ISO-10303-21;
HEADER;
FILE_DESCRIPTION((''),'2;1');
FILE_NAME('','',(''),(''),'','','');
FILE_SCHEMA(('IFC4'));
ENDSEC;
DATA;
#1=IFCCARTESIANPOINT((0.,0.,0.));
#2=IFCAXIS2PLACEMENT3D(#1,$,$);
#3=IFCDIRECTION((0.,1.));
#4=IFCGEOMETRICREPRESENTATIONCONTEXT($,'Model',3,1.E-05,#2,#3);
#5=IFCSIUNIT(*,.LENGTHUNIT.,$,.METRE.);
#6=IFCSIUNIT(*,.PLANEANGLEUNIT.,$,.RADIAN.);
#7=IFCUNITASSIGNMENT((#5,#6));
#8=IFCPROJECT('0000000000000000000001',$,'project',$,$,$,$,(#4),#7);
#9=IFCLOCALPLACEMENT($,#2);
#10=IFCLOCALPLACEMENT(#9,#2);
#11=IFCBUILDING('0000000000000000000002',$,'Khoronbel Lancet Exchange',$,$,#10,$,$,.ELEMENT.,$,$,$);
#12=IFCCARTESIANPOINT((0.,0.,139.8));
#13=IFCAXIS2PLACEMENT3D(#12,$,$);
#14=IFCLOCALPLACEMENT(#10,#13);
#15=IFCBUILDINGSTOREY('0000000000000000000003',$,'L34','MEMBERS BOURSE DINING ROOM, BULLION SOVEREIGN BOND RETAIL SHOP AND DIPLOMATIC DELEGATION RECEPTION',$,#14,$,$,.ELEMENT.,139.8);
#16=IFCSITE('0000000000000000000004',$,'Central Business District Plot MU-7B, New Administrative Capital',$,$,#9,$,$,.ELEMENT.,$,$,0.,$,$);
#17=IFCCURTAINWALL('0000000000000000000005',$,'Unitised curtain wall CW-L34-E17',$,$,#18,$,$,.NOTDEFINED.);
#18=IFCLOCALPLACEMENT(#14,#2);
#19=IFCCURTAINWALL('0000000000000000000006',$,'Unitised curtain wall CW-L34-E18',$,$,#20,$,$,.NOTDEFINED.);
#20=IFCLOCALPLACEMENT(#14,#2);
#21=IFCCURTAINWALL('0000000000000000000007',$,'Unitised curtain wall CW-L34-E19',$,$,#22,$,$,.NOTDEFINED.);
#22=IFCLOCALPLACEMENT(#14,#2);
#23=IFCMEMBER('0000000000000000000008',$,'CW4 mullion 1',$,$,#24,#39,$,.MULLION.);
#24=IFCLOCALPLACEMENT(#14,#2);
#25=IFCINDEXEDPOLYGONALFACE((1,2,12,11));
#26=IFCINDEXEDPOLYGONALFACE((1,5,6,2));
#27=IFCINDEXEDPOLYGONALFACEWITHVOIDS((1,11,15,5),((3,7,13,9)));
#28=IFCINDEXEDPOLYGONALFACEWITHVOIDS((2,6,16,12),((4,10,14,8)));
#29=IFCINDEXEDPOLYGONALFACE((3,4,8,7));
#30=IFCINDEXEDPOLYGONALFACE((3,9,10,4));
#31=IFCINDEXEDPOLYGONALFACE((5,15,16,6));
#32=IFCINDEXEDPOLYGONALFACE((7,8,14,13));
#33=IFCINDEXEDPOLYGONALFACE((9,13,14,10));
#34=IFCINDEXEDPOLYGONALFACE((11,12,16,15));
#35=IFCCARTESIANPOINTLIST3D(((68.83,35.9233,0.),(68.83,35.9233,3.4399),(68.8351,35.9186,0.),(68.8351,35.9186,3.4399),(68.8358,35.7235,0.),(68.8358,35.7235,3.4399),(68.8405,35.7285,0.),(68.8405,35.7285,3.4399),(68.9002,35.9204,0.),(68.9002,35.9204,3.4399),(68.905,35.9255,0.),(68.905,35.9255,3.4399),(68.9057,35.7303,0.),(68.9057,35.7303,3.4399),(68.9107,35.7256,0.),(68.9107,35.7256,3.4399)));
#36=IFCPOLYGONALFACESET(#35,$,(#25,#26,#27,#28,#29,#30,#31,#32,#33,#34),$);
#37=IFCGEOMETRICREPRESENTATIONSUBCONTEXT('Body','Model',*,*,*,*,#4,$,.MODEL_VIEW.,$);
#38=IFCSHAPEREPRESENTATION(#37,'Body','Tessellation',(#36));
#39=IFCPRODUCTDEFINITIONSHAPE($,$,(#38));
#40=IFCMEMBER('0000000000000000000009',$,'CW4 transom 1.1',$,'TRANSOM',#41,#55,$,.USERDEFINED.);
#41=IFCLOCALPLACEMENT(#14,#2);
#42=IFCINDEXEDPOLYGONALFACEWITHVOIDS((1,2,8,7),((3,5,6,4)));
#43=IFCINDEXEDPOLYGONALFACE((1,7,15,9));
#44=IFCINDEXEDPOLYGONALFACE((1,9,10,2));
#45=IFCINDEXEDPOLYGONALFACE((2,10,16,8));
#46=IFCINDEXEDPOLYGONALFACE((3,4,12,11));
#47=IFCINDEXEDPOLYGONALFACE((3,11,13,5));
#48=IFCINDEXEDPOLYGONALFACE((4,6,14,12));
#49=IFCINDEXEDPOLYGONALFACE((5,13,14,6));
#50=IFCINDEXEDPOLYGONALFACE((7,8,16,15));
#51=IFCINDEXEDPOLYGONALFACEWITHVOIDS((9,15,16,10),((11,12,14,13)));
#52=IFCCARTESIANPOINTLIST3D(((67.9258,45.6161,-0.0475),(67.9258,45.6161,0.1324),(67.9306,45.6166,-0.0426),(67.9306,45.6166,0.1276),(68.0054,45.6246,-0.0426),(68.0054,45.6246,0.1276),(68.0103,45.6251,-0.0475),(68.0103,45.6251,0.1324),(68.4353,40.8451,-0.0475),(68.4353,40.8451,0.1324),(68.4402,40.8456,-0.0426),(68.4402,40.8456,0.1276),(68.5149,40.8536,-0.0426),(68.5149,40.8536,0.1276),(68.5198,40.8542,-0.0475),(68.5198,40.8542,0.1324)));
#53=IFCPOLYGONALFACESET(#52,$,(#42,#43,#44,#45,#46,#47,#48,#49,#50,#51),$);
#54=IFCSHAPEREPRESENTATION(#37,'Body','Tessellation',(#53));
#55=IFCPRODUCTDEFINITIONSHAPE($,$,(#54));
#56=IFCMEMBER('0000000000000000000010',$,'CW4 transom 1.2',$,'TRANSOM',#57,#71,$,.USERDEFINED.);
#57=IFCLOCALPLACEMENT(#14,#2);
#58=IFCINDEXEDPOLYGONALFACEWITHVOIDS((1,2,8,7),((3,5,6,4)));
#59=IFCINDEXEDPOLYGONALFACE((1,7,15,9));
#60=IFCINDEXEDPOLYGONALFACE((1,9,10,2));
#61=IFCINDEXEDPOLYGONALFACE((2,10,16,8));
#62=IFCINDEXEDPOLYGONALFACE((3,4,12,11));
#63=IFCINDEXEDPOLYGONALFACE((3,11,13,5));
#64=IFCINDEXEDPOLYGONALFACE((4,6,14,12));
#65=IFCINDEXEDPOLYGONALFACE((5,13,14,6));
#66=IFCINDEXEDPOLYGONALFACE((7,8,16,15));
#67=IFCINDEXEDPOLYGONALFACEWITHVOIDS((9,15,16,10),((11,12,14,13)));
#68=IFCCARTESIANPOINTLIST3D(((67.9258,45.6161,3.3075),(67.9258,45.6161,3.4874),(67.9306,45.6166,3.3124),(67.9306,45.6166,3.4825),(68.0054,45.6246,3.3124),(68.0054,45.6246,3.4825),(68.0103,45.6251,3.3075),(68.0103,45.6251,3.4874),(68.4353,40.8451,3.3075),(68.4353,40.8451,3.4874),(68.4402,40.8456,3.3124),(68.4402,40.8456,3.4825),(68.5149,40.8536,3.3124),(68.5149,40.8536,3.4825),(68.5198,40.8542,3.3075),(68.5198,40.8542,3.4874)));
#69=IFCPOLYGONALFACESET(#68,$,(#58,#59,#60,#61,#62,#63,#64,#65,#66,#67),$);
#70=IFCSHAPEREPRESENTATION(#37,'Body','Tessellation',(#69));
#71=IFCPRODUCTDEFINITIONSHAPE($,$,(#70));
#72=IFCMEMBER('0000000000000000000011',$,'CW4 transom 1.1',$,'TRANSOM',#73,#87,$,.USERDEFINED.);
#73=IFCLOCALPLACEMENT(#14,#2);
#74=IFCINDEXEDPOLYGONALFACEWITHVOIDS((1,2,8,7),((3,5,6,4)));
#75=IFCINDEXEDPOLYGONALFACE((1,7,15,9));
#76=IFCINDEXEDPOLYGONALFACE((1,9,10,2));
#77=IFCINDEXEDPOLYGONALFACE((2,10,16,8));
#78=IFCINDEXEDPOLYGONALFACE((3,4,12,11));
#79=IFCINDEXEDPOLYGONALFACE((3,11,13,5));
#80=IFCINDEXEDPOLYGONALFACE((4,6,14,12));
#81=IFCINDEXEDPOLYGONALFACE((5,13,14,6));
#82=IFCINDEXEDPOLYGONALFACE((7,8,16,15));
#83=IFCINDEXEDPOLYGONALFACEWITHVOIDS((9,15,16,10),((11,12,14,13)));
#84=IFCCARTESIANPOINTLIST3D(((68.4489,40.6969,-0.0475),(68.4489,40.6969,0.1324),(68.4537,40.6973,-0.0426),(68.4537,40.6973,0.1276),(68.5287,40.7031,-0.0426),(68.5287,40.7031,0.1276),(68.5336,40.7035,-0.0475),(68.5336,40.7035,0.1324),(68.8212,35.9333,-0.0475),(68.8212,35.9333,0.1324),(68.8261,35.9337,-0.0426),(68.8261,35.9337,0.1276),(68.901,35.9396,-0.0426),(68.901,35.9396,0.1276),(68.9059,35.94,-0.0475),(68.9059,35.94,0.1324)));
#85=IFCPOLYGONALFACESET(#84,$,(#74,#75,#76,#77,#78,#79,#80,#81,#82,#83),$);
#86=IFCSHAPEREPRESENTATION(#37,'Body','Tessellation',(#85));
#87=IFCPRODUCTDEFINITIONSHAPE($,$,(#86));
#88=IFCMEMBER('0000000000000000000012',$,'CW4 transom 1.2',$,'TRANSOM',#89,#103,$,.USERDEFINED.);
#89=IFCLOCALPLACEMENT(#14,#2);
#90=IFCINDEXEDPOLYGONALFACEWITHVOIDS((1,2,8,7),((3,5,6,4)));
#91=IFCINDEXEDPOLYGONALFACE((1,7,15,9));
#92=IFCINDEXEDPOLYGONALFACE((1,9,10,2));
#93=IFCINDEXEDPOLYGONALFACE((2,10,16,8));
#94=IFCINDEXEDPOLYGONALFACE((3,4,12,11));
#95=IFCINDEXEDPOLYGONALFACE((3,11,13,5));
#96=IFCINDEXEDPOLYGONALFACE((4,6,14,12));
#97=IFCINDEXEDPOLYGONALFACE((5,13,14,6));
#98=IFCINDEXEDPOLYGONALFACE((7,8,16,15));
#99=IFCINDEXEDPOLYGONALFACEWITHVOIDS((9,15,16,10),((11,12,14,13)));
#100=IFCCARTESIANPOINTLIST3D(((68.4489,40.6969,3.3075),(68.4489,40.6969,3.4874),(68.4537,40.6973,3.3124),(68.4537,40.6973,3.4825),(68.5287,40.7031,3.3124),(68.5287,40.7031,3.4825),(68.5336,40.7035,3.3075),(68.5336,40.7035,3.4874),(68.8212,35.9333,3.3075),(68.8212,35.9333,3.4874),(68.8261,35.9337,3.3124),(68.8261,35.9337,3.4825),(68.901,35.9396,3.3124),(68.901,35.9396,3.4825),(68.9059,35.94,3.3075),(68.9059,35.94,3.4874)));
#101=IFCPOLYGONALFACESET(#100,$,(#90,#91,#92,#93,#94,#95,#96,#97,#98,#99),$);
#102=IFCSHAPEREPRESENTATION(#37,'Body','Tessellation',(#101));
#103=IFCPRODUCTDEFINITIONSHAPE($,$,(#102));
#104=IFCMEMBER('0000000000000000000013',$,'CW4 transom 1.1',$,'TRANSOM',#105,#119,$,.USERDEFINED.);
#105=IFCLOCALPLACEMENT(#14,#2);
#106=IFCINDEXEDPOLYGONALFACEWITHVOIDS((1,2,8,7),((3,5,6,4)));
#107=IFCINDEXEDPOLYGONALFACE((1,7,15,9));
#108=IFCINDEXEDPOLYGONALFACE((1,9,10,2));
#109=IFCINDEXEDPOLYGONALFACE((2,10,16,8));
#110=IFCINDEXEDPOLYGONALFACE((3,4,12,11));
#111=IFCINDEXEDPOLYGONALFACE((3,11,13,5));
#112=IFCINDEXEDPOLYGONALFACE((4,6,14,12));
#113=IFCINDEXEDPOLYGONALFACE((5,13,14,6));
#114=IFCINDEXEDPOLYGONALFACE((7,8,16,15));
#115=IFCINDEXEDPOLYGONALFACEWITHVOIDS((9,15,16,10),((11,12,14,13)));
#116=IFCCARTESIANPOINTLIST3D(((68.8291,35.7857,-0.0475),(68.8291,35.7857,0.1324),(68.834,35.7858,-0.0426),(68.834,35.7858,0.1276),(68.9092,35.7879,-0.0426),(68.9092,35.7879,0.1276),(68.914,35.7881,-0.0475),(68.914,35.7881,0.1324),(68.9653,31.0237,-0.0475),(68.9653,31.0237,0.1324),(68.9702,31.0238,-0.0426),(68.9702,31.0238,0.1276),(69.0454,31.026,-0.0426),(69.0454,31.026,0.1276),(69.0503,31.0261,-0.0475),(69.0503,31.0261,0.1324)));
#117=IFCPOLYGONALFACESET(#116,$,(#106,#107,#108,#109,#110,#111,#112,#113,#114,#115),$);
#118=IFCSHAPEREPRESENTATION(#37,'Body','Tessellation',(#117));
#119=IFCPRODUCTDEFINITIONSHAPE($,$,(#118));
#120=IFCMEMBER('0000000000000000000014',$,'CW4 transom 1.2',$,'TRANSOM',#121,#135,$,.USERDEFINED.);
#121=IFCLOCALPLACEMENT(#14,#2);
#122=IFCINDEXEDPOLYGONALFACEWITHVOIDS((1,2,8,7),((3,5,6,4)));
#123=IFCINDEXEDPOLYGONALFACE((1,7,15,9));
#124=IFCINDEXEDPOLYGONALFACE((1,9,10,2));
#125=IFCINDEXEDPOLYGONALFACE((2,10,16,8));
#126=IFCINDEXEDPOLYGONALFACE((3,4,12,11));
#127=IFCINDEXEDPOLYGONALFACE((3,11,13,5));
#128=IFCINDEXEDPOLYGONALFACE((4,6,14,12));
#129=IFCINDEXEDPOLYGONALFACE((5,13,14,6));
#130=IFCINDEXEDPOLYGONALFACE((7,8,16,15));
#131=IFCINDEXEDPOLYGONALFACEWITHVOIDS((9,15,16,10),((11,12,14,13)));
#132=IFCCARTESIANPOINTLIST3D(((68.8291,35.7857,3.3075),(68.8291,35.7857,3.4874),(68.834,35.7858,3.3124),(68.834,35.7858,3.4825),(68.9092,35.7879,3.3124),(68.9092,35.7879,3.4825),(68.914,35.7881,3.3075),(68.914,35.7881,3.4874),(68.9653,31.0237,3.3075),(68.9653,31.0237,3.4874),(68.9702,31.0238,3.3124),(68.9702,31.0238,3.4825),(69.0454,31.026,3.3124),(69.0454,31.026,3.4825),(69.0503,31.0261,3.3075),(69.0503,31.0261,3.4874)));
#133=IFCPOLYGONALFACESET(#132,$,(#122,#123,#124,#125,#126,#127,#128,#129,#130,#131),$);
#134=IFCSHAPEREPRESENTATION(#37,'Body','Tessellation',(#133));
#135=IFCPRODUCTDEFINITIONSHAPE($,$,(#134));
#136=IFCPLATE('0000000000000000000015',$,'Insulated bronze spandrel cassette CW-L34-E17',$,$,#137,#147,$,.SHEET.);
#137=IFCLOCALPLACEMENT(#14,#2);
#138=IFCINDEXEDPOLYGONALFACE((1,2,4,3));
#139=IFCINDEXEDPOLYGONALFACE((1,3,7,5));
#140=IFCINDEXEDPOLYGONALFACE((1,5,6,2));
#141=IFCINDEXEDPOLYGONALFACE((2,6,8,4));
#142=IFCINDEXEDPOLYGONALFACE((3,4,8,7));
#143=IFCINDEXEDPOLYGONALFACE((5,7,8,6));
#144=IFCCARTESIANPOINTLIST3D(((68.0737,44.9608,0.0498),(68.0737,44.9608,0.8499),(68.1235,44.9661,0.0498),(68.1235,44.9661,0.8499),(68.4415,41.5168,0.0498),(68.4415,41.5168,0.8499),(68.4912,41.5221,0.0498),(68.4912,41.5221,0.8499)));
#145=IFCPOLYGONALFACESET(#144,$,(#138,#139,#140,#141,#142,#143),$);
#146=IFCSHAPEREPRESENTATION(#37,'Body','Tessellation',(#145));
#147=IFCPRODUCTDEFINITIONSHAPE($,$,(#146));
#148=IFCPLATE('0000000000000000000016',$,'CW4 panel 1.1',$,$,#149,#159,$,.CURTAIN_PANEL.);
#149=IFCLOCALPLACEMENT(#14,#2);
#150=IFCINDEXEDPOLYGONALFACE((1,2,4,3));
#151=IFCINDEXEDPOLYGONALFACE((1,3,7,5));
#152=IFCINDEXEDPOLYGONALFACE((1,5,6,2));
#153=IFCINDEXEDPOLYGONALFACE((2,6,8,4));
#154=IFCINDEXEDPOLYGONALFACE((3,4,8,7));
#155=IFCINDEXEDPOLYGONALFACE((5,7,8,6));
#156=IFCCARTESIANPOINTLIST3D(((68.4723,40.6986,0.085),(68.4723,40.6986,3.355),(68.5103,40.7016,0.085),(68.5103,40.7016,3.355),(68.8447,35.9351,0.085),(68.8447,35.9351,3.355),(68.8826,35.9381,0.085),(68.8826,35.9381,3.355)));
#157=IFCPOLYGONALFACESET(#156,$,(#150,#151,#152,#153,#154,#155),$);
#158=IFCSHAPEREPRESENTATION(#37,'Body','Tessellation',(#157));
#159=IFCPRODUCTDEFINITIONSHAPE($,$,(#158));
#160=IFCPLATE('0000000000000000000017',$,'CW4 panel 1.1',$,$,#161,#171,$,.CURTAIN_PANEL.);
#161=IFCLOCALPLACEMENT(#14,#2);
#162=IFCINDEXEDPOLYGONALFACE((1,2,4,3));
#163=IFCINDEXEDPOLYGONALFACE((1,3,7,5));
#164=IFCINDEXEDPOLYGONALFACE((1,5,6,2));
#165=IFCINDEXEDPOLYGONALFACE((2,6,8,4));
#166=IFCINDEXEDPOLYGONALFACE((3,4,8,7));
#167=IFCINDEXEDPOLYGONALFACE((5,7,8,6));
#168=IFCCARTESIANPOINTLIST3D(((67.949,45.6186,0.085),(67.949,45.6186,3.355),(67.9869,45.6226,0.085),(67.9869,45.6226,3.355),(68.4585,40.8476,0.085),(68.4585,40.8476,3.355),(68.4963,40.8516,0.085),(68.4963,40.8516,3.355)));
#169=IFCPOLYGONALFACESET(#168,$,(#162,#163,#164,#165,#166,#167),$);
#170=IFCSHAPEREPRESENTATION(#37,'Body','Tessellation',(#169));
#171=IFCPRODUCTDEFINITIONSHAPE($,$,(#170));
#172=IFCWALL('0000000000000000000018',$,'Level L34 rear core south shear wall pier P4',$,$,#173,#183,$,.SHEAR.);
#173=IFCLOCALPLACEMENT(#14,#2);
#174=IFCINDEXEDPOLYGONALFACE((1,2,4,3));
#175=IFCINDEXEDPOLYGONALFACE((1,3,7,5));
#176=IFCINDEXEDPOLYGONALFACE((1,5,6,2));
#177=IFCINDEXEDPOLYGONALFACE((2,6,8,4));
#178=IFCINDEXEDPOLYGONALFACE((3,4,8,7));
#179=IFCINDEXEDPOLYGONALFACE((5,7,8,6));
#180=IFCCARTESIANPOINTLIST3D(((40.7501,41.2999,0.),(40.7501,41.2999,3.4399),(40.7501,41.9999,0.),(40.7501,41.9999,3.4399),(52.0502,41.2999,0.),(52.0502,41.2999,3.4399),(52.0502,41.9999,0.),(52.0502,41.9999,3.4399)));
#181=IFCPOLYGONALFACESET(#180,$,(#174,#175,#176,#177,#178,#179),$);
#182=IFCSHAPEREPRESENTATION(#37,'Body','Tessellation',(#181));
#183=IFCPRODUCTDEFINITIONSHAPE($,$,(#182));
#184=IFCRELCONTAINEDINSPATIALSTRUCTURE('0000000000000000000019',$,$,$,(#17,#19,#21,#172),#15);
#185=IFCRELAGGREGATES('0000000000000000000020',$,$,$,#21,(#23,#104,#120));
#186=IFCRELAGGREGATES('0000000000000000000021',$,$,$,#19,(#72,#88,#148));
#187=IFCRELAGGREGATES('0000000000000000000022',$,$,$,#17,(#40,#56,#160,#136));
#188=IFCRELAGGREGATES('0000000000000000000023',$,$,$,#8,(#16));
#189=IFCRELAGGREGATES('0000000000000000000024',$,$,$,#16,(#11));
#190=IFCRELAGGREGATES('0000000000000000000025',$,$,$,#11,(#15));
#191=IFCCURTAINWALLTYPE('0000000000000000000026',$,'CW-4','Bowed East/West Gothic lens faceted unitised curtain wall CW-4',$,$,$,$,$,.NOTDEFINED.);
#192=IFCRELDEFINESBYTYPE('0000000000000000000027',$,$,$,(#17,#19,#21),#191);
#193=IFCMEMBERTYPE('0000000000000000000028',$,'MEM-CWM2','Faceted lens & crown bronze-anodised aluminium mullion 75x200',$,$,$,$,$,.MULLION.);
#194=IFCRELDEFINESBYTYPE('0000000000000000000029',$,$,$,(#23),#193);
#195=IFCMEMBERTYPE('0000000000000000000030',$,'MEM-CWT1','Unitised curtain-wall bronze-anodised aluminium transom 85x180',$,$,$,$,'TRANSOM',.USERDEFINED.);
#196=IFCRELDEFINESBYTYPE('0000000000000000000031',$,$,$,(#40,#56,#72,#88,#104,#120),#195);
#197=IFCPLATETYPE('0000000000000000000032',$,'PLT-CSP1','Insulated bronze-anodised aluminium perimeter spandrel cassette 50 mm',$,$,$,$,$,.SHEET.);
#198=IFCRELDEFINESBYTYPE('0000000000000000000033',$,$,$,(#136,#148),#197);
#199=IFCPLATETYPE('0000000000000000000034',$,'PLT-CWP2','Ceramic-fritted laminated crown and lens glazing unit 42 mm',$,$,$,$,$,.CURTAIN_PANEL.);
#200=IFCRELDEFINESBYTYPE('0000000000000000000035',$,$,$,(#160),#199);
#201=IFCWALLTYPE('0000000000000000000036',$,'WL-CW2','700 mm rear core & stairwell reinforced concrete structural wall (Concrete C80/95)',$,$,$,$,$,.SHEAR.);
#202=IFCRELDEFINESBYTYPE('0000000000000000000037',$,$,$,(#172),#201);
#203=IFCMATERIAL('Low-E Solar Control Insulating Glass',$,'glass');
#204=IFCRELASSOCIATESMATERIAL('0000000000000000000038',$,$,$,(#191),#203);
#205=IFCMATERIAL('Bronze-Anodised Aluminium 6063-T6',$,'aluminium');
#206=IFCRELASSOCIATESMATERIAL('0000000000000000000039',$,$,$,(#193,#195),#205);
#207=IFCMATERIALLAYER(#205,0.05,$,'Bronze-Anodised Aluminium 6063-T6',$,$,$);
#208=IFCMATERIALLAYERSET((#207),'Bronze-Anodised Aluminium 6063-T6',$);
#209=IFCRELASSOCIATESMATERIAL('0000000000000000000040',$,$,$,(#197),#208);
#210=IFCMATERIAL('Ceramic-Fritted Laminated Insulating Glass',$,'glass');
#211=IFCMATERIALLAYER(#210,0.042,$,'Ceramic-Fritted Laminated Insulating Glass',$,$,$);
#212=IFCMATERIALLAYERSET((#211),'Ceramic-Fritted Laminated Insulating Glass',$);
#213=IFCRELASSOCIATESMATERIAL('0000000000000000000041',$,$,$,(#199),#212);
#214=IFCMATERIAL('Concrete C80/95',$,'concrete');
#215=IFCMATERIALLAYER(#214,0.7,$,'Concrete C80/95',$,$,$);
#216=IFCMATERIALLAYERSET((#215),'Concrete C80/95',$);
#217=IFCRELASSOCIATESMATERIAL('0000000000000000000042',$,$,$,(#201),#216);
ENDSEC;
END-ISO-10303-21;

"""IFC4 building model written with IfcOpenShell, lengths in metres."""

from ifc_helpers import new_model, si_unit, direction, frame, frame_2d, origin, origin_2d, place, context, subcontext, project, spatial, rectangle, hollow_rectangle, extrude, material, layer, layer_set, material_profile, profile_set, type_object, element, aggregate, save


model = new_model("IFC4")

# Units and contexts
model_context = context("Model", 3, precision=1e-05, world=origin(), true_north=direction((0.0, 1.0)))
body_context = subcontext(model_context, "Body", "Model", "MODEL_VIEW")
ifc_project = project(units=[si_unit("LENGTHUNIT", "METRE"), si_unit("PLANEANGLEUNIT", "RADIAN")], contexts=[model_context])

# Site, building, storey
site_placement = place(None, origin())
site = spatial("IfcSite", under=ifc_project, at=site_placement, Name="Central Business District Plot MU-7B, New Administrative Capital", CompositionType="ELEMENT", RefElevation=0.0)
building_placement = place(site_placement, origin())
building = spatial("IfcBuilding", under=site, at=building_placement, Name="Khoronbel Lancet Exchange", CompositionType="ELEMENT")
storey_placement = place(building_placement, frame((0.0, 0.0, 139.8)))
storey = spatial("IfcBuildingStorey", under=building, at=storey_placement, Name="L34", Description="MEMBERS BOURSE DINING ROOM, BULLION SOVEREIGN BOND RETAIL SHOP AND DIPLOMATIC DELEGATION RECEPTION", CompositionType="ELEMENT", Elevation=139.8)

# Shared definitions
ifc_material_1 = material(Name="Concrete C80/95", Category="concrete")

# Curtain walls
ifc_material_2 = material(Name="Low-E Solar Control Insulating Glass", Category="glass")
curtain_wall_type = type_object("IfcCurtainWallType", Name="CW-4", Description="Bowed East/West Gothic lens faceted unitised curtain wall CW-4", PredefinedType="NOTDEFINED", material=ifc_material_2)
curtain_wall_1_placement = place(storey_placement, origin())
curtain_wall_1 = element("IfcCurtainWall", 1, at=curtain_wall_1_placement, inside=storey, type_object=curtain_wall_type, Name="Unitised curtain wall CW-L34-E17", PredefinedType="NOTDEFINED")
ifc_material_3 = material(Name="Bronze-Anodised Aluminium 6063-T6", Category="aluminium")
ifc_material_profile_1 = material_profile(ifc_material_3, hollow_rectangle(XDim=0.075, YDim=0.2, WallThickness=0.0049, at=origin_2d()), Name="ALU MULLION 75x200")
ifc_profile_set_1 = profile_set([ifc_material_profile_1], Name="Bronze-Anodised Aluminium 6063-T6")
member_type_1 = type_object("IfcMemberType", Name="MEM-CWM2", Description="Faceted lens & crown bronze-anodised aluminium mullion 75x200", PredefinedType="MULLION", material=ifc_profile_set_1)
curtain_wall_2_placement = place(storey_placement, origin())
curtain_wall_2 = element("IfcCurtainWall", 2, at=curtain_wall_2_placement, inside=storey, type_object=curtain_wall_type, Name="Unitised curtain wall CW-L34-E18", PredefinedType="NOTDEFINED")

# Curtain wall, member
curtain_wall_3_placement = place(storey_placement, origin())
curtain_wall_3 = element("IfcCurtainWall", 3, at=curtain_wall_3_placement, inside=storey, type_object=curtain_wall_type, Name="Unitised curtain wall CW-L34-E19", PredefinedType="NOTDEFINED")
member_1_placement = place(storey_placement, frame((68.8704, 35.8245, 0.0), z_axis=(0.0, 0.0, 1.0), x_axis=(0.999591, 0.028613, 0.0)))
member_1 = element("IfcMember", 4, at=member_1_placement, type_object=member_type_1, Name="CW4 mullion 1", PredefinedType="MULLION", context=body_context, shape_type="SweptSolid", body=[
    extrude(hollow_rectangle(XDim=0.075, YDim=0.2, WallThickness=0.0049, at=origin_2d()), origin(), (0.0, 0.0, 1.0), 3.4399),
])

# Members
ifc_material_profile_2 = material_profile(ifc_material_3, hollow_rectangle(XDim=0.085, YDim=0.1799, WallThickness=0.0049, at=origin_2d()), Name="ALU TRANSOM 85x180")
ifc_profile_set_2 = profile_set([ifc_material_profile_2], Name="Bronze-Anodised Aluminium 6063-T6")
member_type_2 = type_object("IfcMemberType", Name="MEM-CWT1", Description="Unitised curtain-wall bronze-anodised aluminium transom 85x180", ElementType="TRANSOM", PredefinedType="USERDEFINED", material=ifc_profile_set_2)
member_2_placement = place(storey_placement, frame((67.968, 45.6206, 0.0425), z_axis=(0.106192, -0.994346, 0.0), x_axis=(0.994346, 0.106192, 0.0)))
member_2 = element("IfcMember", 5, at=member_2_placement, type_object=member_type_2, Name="CW4 transom 1.1", ObjectType="TRANSOM", PredefinedType="USERDEFINED", context=body_context, shape_type="SweptSolid", body=[
    extrude(hollow_rectangle(XDim=0.085, YDim=0.1799, WallThickness=0.0049, at=origin_2d()), origin(), (0.0, 0.0, 1.0), 4.7981),
])
member_3_placement = place(storey_placement, frame((67.968, 45.6206, 3.3975), z_axis=(0.106192, -0.994346, 0.0), x_axis=(0.994346, 0.106192, 0.0)))
member_3 = element("IfcMember", 6, at=member_3_placement, type_object=member_type_2, Name="CW4 transom 1.2", ObjectType="TRANSOM", PredefinedType="USERDEFINED", context=body_context, shape_type="SweptSolid", body=[
    extrude(hollow_rectangle(XDim=0.085, YDim=0.1799, WallThickness=0.0049, at=origin_2d()), origin(), (0.0, 0.0, 1.0), 4.7981),
])
member_4_placement = place(storey_placement, frame((68.4912, 40.7002, 0.0425), z_axis=(0.077923, -0.996959, 0.0), x_axis=(0.996959, 0.077923, 0.0)))
member_4 = element("IfcMember", 7, at=member_4_placement, type_object=member_type_2, Name="CW4 transom 1.1", ObjectType="TRANSOM", PredefinedType="USERDEFINED", context=body_context, shape_type="SweptSolid", body=[
    extrude(hollow_rectangle(XDim=0.085, YDim=0.1799, WallThickness=0.0049, at=origin_2d()), origin(), (0.0, 0.0, 1.0), 4.7781),
])
member_5_placement = place(storey_placement, frame((68.4912, 40.7002, 3.3975), z_axis=(0.077923, -0.996959, 0.0), x_axis=(0.996959, 0.077923, 0.0)))
member_5 = element("IfcMember", 8, at=member_5_placement, type_object=member_type_2, Name="CW4 transom 1.2", ObjectType="TRANSOM", PredefinedType="USERDEFINED", context=body_context, shape_type="SweptSolid", body=[
    extrude(hollow_rectangle(XDim=0.085, YDim=0.1799, WallThickness=0.0049, at=origin_2d()), origin(), (0.0, 0.0, 1.0), 4.7781),
])
member_6_placement = place(storey_placement, frame((68.8716, 35.7869, 0.0425), z_axis=(0.028596, -0.999591, 0.0), x_axis=(0.999591, 0.028596, 0.0)))
member_6 = element("IfcMember", 9, at=member_6_placement, type_object=member_type_2, Name="CW4 transom 1.1", ObjectType="TRANSOM", PredefinedType="USERDEFINED", context=body_context, shape_type="SweptSolid", body=[
    extrude(hollow_rectangle(XDim=0.085, YDim=0.1799, WallThickness=0.0049, at=origin_2d()), origin(), (0.0, 0.0, 1.0), 4.7639),
])
member_7_placement = place(storey_placement, frame((68.8716, 35.7869, 3.3975), z_axis=(0.028596, -0.999591, 0.0), x_axis=(0.999591, 0.028596, 0.0)))
member_7 = element("IfcMember", 10, at=member_7_placement, type_object=member_type_2, Name="CW4 transom 1.2", ObjectType="TRANSOM", PredefinedType="USERDEFINED", context=body_context, shape_type="SweptSolid", body=[
    extrude(hollow_rectangle(XDim=0.085, YDim=0.1799, WallThickness=0.0049, at=origin_2d()), origin(), (0.0, 0.0, 1.0), 4.7639),
])
aggregate(curtain_wall_3, [member_1, member_6, member_7])

# Plates
ifc_layer_1 = layer(ifc_material_3, 0.05, Name="Bronze-Anodised Aluminium 6063-T6")
ifc_layer_set_1 = layer_set([ifc_layer_1], Name="Bronze-Anodised Aluminium 6063-T6")
plate_type_1 = type_object("IfcPlateType", Name="PLT-CSP1", Description="Insulated bronze-anodised aluminium perimeter spandrel cassette 50 mm", PredefinedType="SHEET", material=ifc_layer_set_1)
plate_1_placement = place(storey_placement, frame((68.2825, 43.2415, 0.0498), z_axis=(0.0, 0.0, 1.0), x_axis=(0.106181, -0.994347, 0.0)))
plate_1 = element("IfcPlate", 11, at=plate_1_placement, type_object=plate_type_1, Name="Insulated bronze spandrel cassette CW-L34-E17", PredefinedType="SHEET", context=body_context, shape_type="SweptSolid", body=[
    extrude(rectangle(XDim=3.4636, YDim=0.05, at=origin_2d()), origin(), (0.0, 0.0, 1.0), 0.8),
])
plate_2_placement = place(storey_placement, frame((68.6775, 38.3184, 0.085), z_axis=(0.0, 0.0, 1.0), x_axis=(0.077921, -0.99696, 0.0)))
plate_2 = element("IfcPlate", 12, at=plate_2_placement, type_object=plate_type_1, Name="CW4 panel 1.1", PredefinedType="CURTAIN_PANEL", context=body_context, shape_type="SweptSolid", body=[
    extrude(rectangle(XDim=4.7781, YDim=0.0381, at=origin_2d()), origin(), (0.0, 0.0, 1.0), 3.27),
])
aggregate(curtain_wall_2, [member_4, member_5, plate_2])
ifc_material_4 = material(Name="Ceramic-Fritted Laminated Insulating Glass", Category="glass")
ifc_layer_2 = layer(ifc_material_4, 0.042, Name="Ceramic-Fritted Laminated Insulating Glass")
ifc_layer_set_2 = layer_set([ifc_layer_2], Name="Ceramic-Fritted Laminated Insulating Glass")
plate_type_2 = type_object("IfcPlateType", Name="PLT-CWP2", Description="Ceramic-fritted laminated crown and lens glazing unit 42 mm", PredefinedType="CURTAIN_PANEL", material=ifc_layer_set_2)
plate_3_placement = place(storey_placement, frame((68.2227, 43.2351, 0.085), z_axis=(0.0, 0.0, 1.0), x_axis=(0.106181, -0.994347, 0.0)))
plate_3 = element("IfcPlate", 13, at=plate_3_placement, type_object=plate_type_2, Name="CW4 panel 1.1", PredefinedType="CURTAIN_PANEL", context=body_context, shape_type="SweptSolid", body=[
    extrude(rectangle(XDim=4.7981, YDim=0.0381, at=origin_2d()), origin(), (0.0, 0.0, 1.0), 3.27),
])
aggregate(curtain_wall_1, [member_2, member_3, plate_3, plate_1])

# Wall
ifc_layer_3 = layer(ifc_material_1, 0.7, Name="Concrete C80/95")
ifc_layer_set_3 = layer_set([ifc_layer_3], Name="Concrete C80/95")
wall_type_1 = type_object("IfcWallType", Name="WL-CW2", Description="700 mm rear core & stairwell reinforced concrete structural wall (Concrete C80/95)", PredefinedType="SHEAR", material=ifc_layer_set_3)
wall_1_placement = place(storey_placement, frame((52.05, 41.6499, 0.0), z_axis=(0.0, 0.0, 1.0), x_axis=(-1.0, 0.0, 0.0)))
element("IfcWall", 14, at=wall_1_placement, inside=storey, type_object=wall_type_1, Name="Level L34 rear core south shear wall pier P4", PredefinedType="SHEAR", context=body_context, shape_type="SweptSolid", body=[
    extrude(rectangle(XDim=11.3, YDim=0.7, at=frame_2d((5.6499, 0.0))), origin(), (0.0, 0.0, 1.0), 3.4399),
])

save(model, "model.ifc")
